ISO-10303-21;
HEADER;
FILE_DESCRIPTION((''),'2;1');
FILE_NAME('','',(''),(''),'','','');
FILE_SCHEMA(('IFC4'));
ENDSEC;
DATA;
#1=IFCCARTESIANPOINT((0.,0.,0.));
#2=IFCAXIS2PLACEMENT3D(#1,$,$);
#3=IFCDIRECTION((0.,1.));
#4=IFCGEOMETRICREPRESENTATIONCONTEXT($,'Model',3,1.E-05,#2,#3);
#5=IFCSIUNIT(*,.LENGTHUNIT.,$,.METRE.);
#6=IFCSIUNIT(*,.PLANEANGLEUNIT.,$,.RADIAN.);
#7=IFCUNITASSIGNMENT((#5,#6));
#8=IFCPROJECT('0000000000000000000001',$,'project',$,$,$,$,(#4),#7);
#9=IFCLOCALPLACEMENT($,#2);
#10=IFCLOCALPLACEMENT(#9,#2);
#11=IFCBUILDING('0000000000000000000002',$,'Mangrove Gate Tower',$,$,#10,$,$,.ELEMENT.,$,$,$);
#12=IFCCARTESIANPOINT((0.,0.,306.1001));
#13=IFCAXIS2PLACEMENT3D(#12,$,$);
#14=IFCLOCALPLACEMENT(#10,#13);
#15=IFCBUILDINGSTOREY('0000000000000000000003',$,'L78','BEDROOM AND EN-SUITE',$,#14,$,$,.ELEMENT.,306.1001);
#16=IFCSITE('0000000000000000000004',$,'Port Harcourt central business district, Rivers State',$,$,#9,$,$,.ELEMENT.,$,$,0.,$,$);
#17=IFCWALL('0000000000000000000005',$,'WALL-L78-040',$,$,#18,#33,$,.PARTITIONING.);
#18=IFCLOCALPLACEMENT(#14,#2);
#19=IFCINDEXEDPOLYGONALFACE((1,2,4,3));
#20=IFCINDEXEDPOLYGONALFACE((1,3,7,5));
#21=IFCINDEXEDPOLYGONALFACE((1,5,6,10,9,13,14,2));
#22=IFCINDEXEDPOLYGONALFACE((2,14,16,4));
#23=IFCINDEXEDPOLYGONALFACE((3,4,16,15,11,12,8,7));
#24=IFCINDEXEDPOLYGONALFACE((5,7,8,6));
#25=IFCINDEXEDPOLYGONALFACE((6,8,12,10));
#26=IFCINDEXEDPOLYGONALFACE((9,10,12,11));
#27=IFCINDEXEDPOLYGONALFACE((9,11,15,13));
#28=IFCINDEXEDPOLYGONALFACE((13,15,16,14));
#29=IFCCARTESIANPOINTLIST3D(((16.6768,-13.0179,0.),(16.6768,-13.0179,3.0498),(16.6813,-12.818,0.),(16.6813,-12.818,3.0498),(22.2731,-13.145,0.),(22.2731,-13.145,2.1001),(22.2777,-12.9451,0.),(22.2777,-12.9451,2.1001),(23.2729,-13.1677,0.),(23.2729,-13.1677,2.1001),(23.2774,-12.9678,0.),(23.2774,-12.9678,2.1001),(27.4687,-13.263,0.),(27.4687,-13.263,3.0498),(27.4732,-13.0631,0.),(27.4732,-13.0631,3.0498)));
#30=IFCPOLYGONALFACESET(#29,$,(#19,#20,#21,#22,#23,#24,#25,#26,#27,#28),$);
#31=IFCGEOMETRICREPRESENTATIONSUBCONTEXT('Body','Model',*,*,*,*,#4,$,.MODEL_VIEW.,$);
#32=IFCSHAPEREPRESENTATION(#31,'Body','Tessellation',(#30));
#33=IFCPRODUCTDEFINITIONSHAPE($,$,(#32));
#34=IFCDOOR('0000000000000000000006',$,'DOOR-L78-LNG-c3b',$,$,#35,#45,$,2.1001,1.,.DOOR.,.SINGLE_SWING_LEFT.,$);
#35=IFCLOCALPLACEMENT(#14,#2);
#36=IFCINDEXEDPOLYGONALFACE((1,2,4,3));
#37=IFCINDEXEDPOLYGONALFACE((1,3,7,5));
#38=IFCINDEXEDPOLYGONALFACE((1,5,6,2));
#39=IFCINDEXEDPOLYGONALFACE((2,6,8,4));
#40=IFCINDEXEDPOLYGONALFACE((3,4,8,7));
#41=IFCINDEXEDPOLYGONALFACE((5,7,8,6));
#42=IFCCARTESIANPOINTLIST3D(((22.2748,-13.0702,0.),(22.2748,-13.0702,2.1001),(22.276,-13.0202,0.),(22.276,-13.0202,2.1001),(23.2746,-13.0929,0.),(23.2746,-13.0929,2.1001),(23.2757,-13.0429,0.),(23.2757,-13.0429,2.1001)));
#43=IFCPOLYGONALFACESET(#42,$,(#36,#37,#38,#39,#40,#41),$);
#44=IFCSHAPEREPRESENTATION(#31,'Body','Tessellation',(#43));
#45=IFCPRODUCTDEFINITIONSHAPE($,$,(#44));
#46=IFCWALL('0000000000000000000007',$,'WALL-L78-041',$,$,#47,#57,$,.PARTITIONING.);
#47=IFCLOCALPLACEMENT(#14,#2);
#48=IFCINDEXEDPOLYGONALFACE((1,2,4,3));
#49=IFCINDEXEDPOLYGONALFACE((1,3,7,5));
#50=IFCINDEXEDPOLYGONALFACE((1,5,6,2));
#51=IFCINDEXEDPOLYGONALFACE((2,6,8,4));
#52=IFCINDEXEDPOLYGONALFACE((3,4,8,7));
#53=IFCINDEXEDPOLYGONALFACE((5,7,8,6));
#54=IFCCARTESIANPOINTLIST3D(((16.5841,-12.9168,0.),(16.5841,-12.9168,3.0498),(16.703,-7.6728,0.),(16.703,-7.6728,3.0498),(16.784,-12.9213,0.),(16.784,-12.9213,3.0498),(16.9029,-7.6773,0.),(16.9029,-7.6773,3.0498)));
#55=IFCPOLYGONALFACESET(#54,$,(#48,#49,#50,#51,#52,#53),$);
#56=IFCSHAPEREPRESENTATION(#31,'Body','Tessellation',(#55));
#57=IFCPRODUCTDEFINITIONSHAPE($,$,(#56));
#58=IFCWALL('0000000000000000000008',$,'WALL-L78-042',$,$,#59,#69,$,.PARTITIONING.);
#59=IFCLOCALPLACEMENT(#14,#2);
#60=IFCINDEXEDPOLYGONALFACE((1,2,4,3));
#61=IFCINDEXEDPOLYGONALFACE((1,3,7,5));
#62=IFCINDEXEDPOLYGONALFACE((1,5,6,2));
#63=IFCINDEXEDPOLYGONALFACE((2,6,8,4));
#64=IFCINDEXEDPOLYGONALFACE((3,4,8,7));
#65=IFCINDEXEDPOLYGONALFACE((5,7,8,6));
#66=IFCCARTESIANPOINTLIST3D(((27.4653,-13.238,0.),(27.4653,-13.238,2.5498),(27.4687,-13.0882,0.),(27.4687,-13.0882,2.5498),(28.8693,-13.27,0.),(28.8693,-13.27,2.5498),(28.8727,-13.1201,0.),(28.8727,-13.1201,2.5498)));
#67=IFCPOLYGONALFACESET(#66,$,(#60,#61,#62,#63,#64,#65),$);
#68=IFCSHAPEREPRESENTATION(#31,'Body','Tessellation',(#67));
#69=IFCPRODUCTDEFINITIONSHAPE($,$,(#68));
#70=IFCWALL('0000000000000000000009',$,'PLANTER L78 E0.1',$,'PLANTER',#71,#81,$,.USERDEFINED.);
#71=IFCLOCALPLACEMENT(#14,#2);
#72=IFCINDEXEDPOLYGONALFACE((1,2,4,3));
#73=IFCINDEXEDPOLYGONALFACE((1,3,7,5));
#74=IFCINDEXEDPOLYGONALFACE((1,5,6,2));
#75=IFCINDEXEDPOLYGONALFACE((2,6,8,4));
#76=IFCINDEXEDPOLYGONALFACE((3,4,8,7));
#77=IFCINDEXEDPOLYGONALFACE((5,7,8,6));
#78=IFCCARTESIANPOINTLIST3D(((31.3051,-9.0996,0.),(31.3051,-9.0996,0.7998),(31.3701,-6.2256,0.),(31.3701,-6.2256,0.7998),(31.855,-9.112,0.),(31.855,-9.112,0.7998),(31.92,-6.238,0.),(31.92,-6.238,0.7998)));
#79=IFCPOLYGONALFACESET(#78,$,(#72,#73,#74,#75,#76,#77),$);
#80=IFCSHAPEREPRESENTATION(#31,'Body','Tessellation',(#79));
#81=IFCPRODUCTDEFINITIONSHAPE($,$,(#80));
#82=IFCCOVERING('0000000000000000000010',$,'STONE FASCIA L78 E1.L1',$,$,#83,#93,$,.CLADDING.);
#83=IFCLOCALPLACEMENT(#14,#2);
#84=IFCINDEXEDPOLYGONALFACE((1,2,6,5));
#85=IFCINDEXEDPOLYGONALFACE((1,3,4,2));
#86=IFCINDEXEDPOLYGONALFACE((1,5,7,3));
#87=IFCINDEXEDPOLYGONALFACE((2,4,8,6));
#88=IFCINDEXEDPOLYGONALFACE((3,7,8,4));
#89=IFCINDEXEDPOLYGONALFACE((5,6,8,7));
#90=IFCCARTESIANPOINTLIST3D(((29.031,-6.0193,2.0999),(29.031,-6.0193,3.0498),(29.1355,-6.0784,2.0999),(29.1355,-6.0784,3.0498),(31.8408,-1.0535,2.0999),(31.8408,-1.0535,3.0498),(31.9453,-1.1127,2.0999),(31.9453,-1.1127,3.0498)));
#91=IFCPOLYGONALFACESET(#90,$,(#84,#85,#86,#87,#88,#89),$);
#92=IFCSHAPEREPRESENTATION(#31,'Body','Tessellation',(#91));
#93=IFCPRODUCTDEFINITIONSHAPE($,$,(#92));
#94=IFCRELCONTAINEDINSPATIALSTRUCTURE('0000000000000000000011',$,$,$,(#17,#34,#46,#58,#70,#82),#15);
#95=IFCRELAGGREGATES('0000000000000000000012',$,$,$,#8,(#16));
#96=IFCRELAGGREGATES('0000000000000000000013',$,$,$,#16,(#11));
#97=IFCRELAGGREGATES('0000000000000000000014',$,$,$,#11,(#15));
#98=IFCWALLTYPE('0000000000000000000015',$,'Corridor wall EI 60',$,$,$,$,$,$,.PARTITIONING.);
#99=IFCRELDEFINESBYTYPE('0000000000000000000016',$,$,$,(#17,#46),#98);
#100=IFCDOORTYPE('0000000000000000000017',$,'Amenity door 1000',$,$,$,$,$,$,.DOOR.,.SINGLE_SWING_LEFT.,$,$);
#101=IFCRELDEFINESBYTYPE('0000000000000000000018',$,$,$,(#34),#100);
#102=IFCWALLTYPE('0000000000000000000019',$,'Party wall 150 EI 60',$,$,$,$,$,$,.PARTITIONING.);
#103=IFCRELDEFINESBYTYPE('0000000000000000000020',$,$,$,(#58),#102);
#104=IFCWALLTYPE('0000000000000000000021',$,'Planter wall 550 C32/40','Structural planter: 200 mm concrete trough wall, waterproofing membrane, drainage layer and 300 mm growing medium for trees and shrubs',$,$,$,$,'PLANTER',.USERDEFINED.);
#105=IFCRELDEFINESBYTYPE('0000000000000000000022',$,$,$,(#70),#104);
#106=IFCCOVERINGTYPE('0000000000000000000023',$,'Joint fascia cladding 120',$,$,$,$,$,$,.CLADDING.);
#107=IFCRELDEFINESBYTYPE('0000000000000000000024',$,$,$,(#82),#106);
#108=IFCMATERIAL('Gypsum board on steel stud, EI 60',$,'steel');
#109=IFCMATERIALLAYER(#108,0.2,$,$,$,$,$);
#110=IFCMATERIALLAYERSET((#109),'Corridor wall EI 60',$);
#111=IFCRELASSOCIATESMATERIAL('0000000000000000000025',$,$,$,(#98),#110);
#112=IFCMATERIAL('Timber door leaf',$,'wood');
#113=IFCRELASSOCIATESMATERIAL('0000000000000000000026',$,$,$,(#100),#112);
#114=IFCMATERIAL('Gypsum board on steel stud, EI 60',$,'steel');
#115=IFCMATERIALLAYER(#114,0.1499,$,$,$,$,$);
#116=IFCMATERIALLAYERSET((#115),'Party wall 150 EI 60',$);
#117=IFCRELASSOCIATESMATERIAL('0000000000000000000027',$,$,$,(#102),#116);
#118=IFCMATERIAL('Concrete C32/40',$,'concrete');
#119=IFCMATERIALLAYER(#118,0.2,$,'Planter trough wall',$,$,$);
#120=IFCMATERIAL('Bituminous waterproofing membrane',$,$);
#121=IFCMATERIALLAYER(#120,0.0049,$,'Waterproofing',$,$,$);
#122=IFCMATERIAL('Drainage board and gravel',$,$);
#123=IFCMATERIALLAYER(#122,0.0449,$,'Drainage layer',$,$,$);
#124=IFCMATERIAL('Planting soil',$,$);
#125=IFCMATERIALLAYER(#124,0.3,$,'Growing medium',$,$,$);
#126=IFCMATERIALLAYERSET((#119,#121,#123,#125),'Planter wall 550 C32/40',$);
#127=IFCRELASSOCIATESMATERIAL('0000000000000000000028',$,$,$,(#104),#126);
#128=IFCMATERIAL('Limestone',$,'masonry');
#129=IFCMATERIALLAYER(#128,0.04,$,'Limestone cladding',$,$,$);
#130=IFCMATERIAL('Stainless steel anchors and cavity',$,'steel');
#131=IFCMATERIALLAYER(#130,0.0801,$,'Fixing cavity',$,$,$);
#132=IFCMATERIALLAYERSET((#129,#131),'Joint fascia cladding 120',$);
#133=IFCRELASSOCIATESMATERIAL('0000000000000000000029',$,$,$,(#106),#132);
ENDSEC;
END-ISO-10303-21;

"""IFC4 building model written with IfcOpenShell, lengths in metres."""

from ifc_helpers import new_model, si_unit, direction, frame, frame_2d, origin, place, context, subcontext, project, spatial, rectangle, extrude, material, layer, layer_set, type_object, element, fill, save


model = new_model("IFC4")

# Units and contexts
model_context = context("Model", 3, precision=1e-05, world=origin(), true_north=direction((0.0, 1.0)))
body_context = subcontext(model_context, "Body", "Model", "MODEL_VIEW")
ifc_project = project(units=[si_unit("LENGTHUNIT", "METRE"), si_unit("PLANEANGLEUNIT", "RADIAN")], contexts=[model_context])

# Site, building, storey
site_placement = place(None, origin())
site = spatial("IfcSite", under=ifc_project, at=site_placement, Name="Port Harcourt central business district, Rivers State", CompositionType="ELEMENT", RefElevation=0.0)
building_placement = place(site_placement, origin())
building = spatial("IfcBuilding", under=site, at=building_placement, Name="Mangrove Gate Tower", CompositionType="ELEMENT")
storey_placement = place(building_placement, frame((0.0, 0.0, 306.1001)))
storey = spatial("IfcBuildingStorey", under=building, at=storey_placement, Name="L78", Description="BEDROOM AND EN-SUITE", CompositionType="ELEMENT", Elevation=306.1001)

# Shared definitions
ifc_material_1 = material(Name="Gypsum board on steel stud, EI 60", Category="steel")
ifc_layer_1 = layer(ifc_material_1, 0.2)
ifc_layer_set_1 = layer_set([ifc_layer_1], Name="Corridor wall EI 60")
wall_type_1 = type_object("IfcWallType", Name="Corridor wall EI 60", PredefinedType="PARTITIONING", material=ifc_layer_set_1)

# Wall, opening, door
wall_1_placement = place(storey_placement, frame((16.679, -12.918, 0.0), z_axis=(0.0, 0.0, 1.0), x_axis=(0.999742, -0.022707, 0.0)))
wall_1 = element("IfcWall", 1, at=wall_1_placement, inside=storey, type_object=wall_type_1, Name="WALL-L78-040", PredefinedType="PARTITIONING", context=body_context, shape_type="SweptSolid", body=[
    extrude(rectangle(XDim=10.7947, YDim=0.2, at=frame_2d((5.3975, 0.0))), origin(), (0.0, 0.0, 1.0), 3.0498),
])
opening_placement = place(wall_1_placement, frame((5.5979, 0.0, 0.0)))
opening = element("IfcOpeningElement", 2, at=opening_placement, cuts=wall_1, PredefinedType="OPENING", context=body_context, shape_type="SweptSolid", body=[
    extrude(rectangle(XDim=1.0, YDim=2.1001, at=frame_2d((0.5, 1.05))), frame((0.0, 0.1099, 0.0), z_axis=(0.0, -1.0, 0.0), x_axis=(1.0, 0.0, 0.0)), (0.0, 0.0, 1.0), 0.22),
])
ifc_material_2 = material(Name="Timber door leaf", Category="wood")
door_type = type_object("IfcDoorType", Name="Amenity door 1000", OperationType="SINGLE_SWING_LEFT", PredefinedType="DOOR", material=ifc_material_2)
door_placement = place(opening_placement, origin())
door = element("IfcDoor", 3, at=door_placement, inside=storey, type_object=door_type, Name="DOOR-L78-LNG-c3b", OperationType="SINGLE_SWING_LEFT", OverallHeight=2.1001, OverallWidth=1.0, PredefinedType="DOOR", context=body_context, shape_type="SweptSolid", body=[
    extrude(rectangle(XDim=1.0, YDim=2.1001, at=frame_2d((0.5, 1.05))), frame((0.0, 0.0249, 0.0), z_axis=(0.0, -1.0, 0.0), x_axis=(1.0, 0.0, 0.0)), (0.0, 0.0, 1.0), 0.05),
])
fill(opening, door)

# Walls
wall_2_placement = place(storey_placement, frame((16.6841, -12.9189, 0.0), z_axis=(0.0, 0.0, 1.0), x_axis=(0.022667, 0.999743, 0.0)))
element("IfcWall", 4, at=wall_2_placement, inside=storey, type_object=wall_type_1, Name="WALL-L78-041", PredefinedType="PARTITIONING", context=body_context, shape_type="SweptSolid", body=[
    extrude(rectangle(XDim=5.2454, YDim=0.2, at=frame_2d((2.6226, 0.0))), origin(), (0.0, 0.0, 1.0), 3.0498),
])
ifc_material_3 = material(Name="Gypsum board on steel stud, EI 60", Category="steel")
ifc_layer_2 = layer(ifc_material_3, 0.1499)
ifc_layer_set_2 = layer_set([ifc_layer_2], Name="Party wall 150 EI 60")
wall_type_2 = type_object("IfcWallType", Name="Party wall 150 EI 60", PredefinedType="PARTITIONING", material=ifc_layer_set_2)
wall_3_placement = place(storey_placement, frame((27.467, -13.1631, 0.0), z_axis=(0.0, 0.0, 1.0), x_axis=(0.999741, -0.022773, 0.0)))
element("IfcWall", 5, at=wall_3_placement, inside=storey, type_object=wall_type_2, Name="WALL-L78-042", PredefinedType="PARTITIONING", context=body_context, shape_type="SweptSolid", body=[
    extrude(rectangle(XDim=1.4043, YDim=0.1499, at=frame_2d((0.7021, 0.0))), origin(), (0.0, 0.0, 1.0), 2.5498),
])
ifc_material_4 = material(Name="Concrete C32/40", Category="concrete")
ifc_layer_3 = layer(ifc_material_4, 0.2, Name="Planter trough wall")
ifc_material_5 = material(Name="Bituminous waterproofing membrane")
ifc_layer_4 = layer(ifc_material_5, 0.0049, Name="Waterproofing")
ifc_material_6 = material(Name="Drainage board and gravel")
ifc_layer_5 = layer(ifc_material_6, 0.0449, Name="Drainage layer")
ifc_material_7 = material(Name="Planting soil")
ifc_layer_6 = layer(ifc_material_7, 0.3, Name="Growing medium")
ifc_layer_set_3 = layer_set([ifc_layer_3, ifc_layer_4, ifc_layer_5, ifc_layer_6], Name="Planter wall 550 C32/40")
wall_type_3 = type_object("IfcWallType", Name="Planter wall 550 C32/40", Description="Structural planter: 200 mm concrete trough wall, waterproofing membrane, drainage layer and 300 mm growing medium for trees and shrubs", ElementType="PLANTER", PredefinedType="USERDEFINED", material=ifc_layer_set_3)
wall_4_placement = place(storey_placement, frame((31.5801, -9.106, 0.0), z_axis=(0.0, 0.0, 1.0), x_axis=(0.02259, 0.999745, 0.0)))
element("IfcWall", 6, at=wall_4_placement, inside=storey, type_object=wall_type_3, Name="PLANTER L78 E0.1", ObjectType="PLANTER", PredefinedType="USERDEFINED", context=body_context, shape_type="SweptSolid", body=[
    extrude(rectangle(XDim=2.8748, YDim=0.55, at=frame_2d((1.4375, 0.0))), origin(), (0.0, 0.0, 1.0), 0.7998),
])

# Covering
ifc_material_8 = material(Name="Limestone", Category="masonry")
ifc_layer_7 = layer(ifc_material_8, 0.04, Name="Limestone cladding")
ifc_material_9 = material(Name="Stainless steel anchors and cavity", Category="steel")
ifc_layer_8 = layer(ifc_material_9, 0.0801, Name="Fixing cavity")
ifc_layer_set_4 = layer_set([ifc_layer_7, ifc_layer_8], Name="Joint fascia cladding 120")
covering_type = type_object("IfcCoveringType", Name="Joint fascia cladding 120", PredefinedType="CLADDING", material=ifc_layer_set_4)
covering_placement = place(storey_placement, frame((29.0833, -6.0488, 2.0999), z_axis=(0.0, 0.0, 1.0), x_axis=(0.492462, 0.870334, 0.0)))
element("IfcCovering", 7, at=covering_placement, inside=storey, type_object=covering_type, Name="STONE FASCIA L78 E1.L1", PredefinedType="CLADDING", context=body_context, shape_type="SweptSolid", body=[
    extrude(rectangle(XDim=5.7056, YDim=0.1201, at=frame_2d((2.8528, 0.0))), origin(), (0.0, 0.0, 1.0), 0.95),
])

save(model, "model.ifc")
